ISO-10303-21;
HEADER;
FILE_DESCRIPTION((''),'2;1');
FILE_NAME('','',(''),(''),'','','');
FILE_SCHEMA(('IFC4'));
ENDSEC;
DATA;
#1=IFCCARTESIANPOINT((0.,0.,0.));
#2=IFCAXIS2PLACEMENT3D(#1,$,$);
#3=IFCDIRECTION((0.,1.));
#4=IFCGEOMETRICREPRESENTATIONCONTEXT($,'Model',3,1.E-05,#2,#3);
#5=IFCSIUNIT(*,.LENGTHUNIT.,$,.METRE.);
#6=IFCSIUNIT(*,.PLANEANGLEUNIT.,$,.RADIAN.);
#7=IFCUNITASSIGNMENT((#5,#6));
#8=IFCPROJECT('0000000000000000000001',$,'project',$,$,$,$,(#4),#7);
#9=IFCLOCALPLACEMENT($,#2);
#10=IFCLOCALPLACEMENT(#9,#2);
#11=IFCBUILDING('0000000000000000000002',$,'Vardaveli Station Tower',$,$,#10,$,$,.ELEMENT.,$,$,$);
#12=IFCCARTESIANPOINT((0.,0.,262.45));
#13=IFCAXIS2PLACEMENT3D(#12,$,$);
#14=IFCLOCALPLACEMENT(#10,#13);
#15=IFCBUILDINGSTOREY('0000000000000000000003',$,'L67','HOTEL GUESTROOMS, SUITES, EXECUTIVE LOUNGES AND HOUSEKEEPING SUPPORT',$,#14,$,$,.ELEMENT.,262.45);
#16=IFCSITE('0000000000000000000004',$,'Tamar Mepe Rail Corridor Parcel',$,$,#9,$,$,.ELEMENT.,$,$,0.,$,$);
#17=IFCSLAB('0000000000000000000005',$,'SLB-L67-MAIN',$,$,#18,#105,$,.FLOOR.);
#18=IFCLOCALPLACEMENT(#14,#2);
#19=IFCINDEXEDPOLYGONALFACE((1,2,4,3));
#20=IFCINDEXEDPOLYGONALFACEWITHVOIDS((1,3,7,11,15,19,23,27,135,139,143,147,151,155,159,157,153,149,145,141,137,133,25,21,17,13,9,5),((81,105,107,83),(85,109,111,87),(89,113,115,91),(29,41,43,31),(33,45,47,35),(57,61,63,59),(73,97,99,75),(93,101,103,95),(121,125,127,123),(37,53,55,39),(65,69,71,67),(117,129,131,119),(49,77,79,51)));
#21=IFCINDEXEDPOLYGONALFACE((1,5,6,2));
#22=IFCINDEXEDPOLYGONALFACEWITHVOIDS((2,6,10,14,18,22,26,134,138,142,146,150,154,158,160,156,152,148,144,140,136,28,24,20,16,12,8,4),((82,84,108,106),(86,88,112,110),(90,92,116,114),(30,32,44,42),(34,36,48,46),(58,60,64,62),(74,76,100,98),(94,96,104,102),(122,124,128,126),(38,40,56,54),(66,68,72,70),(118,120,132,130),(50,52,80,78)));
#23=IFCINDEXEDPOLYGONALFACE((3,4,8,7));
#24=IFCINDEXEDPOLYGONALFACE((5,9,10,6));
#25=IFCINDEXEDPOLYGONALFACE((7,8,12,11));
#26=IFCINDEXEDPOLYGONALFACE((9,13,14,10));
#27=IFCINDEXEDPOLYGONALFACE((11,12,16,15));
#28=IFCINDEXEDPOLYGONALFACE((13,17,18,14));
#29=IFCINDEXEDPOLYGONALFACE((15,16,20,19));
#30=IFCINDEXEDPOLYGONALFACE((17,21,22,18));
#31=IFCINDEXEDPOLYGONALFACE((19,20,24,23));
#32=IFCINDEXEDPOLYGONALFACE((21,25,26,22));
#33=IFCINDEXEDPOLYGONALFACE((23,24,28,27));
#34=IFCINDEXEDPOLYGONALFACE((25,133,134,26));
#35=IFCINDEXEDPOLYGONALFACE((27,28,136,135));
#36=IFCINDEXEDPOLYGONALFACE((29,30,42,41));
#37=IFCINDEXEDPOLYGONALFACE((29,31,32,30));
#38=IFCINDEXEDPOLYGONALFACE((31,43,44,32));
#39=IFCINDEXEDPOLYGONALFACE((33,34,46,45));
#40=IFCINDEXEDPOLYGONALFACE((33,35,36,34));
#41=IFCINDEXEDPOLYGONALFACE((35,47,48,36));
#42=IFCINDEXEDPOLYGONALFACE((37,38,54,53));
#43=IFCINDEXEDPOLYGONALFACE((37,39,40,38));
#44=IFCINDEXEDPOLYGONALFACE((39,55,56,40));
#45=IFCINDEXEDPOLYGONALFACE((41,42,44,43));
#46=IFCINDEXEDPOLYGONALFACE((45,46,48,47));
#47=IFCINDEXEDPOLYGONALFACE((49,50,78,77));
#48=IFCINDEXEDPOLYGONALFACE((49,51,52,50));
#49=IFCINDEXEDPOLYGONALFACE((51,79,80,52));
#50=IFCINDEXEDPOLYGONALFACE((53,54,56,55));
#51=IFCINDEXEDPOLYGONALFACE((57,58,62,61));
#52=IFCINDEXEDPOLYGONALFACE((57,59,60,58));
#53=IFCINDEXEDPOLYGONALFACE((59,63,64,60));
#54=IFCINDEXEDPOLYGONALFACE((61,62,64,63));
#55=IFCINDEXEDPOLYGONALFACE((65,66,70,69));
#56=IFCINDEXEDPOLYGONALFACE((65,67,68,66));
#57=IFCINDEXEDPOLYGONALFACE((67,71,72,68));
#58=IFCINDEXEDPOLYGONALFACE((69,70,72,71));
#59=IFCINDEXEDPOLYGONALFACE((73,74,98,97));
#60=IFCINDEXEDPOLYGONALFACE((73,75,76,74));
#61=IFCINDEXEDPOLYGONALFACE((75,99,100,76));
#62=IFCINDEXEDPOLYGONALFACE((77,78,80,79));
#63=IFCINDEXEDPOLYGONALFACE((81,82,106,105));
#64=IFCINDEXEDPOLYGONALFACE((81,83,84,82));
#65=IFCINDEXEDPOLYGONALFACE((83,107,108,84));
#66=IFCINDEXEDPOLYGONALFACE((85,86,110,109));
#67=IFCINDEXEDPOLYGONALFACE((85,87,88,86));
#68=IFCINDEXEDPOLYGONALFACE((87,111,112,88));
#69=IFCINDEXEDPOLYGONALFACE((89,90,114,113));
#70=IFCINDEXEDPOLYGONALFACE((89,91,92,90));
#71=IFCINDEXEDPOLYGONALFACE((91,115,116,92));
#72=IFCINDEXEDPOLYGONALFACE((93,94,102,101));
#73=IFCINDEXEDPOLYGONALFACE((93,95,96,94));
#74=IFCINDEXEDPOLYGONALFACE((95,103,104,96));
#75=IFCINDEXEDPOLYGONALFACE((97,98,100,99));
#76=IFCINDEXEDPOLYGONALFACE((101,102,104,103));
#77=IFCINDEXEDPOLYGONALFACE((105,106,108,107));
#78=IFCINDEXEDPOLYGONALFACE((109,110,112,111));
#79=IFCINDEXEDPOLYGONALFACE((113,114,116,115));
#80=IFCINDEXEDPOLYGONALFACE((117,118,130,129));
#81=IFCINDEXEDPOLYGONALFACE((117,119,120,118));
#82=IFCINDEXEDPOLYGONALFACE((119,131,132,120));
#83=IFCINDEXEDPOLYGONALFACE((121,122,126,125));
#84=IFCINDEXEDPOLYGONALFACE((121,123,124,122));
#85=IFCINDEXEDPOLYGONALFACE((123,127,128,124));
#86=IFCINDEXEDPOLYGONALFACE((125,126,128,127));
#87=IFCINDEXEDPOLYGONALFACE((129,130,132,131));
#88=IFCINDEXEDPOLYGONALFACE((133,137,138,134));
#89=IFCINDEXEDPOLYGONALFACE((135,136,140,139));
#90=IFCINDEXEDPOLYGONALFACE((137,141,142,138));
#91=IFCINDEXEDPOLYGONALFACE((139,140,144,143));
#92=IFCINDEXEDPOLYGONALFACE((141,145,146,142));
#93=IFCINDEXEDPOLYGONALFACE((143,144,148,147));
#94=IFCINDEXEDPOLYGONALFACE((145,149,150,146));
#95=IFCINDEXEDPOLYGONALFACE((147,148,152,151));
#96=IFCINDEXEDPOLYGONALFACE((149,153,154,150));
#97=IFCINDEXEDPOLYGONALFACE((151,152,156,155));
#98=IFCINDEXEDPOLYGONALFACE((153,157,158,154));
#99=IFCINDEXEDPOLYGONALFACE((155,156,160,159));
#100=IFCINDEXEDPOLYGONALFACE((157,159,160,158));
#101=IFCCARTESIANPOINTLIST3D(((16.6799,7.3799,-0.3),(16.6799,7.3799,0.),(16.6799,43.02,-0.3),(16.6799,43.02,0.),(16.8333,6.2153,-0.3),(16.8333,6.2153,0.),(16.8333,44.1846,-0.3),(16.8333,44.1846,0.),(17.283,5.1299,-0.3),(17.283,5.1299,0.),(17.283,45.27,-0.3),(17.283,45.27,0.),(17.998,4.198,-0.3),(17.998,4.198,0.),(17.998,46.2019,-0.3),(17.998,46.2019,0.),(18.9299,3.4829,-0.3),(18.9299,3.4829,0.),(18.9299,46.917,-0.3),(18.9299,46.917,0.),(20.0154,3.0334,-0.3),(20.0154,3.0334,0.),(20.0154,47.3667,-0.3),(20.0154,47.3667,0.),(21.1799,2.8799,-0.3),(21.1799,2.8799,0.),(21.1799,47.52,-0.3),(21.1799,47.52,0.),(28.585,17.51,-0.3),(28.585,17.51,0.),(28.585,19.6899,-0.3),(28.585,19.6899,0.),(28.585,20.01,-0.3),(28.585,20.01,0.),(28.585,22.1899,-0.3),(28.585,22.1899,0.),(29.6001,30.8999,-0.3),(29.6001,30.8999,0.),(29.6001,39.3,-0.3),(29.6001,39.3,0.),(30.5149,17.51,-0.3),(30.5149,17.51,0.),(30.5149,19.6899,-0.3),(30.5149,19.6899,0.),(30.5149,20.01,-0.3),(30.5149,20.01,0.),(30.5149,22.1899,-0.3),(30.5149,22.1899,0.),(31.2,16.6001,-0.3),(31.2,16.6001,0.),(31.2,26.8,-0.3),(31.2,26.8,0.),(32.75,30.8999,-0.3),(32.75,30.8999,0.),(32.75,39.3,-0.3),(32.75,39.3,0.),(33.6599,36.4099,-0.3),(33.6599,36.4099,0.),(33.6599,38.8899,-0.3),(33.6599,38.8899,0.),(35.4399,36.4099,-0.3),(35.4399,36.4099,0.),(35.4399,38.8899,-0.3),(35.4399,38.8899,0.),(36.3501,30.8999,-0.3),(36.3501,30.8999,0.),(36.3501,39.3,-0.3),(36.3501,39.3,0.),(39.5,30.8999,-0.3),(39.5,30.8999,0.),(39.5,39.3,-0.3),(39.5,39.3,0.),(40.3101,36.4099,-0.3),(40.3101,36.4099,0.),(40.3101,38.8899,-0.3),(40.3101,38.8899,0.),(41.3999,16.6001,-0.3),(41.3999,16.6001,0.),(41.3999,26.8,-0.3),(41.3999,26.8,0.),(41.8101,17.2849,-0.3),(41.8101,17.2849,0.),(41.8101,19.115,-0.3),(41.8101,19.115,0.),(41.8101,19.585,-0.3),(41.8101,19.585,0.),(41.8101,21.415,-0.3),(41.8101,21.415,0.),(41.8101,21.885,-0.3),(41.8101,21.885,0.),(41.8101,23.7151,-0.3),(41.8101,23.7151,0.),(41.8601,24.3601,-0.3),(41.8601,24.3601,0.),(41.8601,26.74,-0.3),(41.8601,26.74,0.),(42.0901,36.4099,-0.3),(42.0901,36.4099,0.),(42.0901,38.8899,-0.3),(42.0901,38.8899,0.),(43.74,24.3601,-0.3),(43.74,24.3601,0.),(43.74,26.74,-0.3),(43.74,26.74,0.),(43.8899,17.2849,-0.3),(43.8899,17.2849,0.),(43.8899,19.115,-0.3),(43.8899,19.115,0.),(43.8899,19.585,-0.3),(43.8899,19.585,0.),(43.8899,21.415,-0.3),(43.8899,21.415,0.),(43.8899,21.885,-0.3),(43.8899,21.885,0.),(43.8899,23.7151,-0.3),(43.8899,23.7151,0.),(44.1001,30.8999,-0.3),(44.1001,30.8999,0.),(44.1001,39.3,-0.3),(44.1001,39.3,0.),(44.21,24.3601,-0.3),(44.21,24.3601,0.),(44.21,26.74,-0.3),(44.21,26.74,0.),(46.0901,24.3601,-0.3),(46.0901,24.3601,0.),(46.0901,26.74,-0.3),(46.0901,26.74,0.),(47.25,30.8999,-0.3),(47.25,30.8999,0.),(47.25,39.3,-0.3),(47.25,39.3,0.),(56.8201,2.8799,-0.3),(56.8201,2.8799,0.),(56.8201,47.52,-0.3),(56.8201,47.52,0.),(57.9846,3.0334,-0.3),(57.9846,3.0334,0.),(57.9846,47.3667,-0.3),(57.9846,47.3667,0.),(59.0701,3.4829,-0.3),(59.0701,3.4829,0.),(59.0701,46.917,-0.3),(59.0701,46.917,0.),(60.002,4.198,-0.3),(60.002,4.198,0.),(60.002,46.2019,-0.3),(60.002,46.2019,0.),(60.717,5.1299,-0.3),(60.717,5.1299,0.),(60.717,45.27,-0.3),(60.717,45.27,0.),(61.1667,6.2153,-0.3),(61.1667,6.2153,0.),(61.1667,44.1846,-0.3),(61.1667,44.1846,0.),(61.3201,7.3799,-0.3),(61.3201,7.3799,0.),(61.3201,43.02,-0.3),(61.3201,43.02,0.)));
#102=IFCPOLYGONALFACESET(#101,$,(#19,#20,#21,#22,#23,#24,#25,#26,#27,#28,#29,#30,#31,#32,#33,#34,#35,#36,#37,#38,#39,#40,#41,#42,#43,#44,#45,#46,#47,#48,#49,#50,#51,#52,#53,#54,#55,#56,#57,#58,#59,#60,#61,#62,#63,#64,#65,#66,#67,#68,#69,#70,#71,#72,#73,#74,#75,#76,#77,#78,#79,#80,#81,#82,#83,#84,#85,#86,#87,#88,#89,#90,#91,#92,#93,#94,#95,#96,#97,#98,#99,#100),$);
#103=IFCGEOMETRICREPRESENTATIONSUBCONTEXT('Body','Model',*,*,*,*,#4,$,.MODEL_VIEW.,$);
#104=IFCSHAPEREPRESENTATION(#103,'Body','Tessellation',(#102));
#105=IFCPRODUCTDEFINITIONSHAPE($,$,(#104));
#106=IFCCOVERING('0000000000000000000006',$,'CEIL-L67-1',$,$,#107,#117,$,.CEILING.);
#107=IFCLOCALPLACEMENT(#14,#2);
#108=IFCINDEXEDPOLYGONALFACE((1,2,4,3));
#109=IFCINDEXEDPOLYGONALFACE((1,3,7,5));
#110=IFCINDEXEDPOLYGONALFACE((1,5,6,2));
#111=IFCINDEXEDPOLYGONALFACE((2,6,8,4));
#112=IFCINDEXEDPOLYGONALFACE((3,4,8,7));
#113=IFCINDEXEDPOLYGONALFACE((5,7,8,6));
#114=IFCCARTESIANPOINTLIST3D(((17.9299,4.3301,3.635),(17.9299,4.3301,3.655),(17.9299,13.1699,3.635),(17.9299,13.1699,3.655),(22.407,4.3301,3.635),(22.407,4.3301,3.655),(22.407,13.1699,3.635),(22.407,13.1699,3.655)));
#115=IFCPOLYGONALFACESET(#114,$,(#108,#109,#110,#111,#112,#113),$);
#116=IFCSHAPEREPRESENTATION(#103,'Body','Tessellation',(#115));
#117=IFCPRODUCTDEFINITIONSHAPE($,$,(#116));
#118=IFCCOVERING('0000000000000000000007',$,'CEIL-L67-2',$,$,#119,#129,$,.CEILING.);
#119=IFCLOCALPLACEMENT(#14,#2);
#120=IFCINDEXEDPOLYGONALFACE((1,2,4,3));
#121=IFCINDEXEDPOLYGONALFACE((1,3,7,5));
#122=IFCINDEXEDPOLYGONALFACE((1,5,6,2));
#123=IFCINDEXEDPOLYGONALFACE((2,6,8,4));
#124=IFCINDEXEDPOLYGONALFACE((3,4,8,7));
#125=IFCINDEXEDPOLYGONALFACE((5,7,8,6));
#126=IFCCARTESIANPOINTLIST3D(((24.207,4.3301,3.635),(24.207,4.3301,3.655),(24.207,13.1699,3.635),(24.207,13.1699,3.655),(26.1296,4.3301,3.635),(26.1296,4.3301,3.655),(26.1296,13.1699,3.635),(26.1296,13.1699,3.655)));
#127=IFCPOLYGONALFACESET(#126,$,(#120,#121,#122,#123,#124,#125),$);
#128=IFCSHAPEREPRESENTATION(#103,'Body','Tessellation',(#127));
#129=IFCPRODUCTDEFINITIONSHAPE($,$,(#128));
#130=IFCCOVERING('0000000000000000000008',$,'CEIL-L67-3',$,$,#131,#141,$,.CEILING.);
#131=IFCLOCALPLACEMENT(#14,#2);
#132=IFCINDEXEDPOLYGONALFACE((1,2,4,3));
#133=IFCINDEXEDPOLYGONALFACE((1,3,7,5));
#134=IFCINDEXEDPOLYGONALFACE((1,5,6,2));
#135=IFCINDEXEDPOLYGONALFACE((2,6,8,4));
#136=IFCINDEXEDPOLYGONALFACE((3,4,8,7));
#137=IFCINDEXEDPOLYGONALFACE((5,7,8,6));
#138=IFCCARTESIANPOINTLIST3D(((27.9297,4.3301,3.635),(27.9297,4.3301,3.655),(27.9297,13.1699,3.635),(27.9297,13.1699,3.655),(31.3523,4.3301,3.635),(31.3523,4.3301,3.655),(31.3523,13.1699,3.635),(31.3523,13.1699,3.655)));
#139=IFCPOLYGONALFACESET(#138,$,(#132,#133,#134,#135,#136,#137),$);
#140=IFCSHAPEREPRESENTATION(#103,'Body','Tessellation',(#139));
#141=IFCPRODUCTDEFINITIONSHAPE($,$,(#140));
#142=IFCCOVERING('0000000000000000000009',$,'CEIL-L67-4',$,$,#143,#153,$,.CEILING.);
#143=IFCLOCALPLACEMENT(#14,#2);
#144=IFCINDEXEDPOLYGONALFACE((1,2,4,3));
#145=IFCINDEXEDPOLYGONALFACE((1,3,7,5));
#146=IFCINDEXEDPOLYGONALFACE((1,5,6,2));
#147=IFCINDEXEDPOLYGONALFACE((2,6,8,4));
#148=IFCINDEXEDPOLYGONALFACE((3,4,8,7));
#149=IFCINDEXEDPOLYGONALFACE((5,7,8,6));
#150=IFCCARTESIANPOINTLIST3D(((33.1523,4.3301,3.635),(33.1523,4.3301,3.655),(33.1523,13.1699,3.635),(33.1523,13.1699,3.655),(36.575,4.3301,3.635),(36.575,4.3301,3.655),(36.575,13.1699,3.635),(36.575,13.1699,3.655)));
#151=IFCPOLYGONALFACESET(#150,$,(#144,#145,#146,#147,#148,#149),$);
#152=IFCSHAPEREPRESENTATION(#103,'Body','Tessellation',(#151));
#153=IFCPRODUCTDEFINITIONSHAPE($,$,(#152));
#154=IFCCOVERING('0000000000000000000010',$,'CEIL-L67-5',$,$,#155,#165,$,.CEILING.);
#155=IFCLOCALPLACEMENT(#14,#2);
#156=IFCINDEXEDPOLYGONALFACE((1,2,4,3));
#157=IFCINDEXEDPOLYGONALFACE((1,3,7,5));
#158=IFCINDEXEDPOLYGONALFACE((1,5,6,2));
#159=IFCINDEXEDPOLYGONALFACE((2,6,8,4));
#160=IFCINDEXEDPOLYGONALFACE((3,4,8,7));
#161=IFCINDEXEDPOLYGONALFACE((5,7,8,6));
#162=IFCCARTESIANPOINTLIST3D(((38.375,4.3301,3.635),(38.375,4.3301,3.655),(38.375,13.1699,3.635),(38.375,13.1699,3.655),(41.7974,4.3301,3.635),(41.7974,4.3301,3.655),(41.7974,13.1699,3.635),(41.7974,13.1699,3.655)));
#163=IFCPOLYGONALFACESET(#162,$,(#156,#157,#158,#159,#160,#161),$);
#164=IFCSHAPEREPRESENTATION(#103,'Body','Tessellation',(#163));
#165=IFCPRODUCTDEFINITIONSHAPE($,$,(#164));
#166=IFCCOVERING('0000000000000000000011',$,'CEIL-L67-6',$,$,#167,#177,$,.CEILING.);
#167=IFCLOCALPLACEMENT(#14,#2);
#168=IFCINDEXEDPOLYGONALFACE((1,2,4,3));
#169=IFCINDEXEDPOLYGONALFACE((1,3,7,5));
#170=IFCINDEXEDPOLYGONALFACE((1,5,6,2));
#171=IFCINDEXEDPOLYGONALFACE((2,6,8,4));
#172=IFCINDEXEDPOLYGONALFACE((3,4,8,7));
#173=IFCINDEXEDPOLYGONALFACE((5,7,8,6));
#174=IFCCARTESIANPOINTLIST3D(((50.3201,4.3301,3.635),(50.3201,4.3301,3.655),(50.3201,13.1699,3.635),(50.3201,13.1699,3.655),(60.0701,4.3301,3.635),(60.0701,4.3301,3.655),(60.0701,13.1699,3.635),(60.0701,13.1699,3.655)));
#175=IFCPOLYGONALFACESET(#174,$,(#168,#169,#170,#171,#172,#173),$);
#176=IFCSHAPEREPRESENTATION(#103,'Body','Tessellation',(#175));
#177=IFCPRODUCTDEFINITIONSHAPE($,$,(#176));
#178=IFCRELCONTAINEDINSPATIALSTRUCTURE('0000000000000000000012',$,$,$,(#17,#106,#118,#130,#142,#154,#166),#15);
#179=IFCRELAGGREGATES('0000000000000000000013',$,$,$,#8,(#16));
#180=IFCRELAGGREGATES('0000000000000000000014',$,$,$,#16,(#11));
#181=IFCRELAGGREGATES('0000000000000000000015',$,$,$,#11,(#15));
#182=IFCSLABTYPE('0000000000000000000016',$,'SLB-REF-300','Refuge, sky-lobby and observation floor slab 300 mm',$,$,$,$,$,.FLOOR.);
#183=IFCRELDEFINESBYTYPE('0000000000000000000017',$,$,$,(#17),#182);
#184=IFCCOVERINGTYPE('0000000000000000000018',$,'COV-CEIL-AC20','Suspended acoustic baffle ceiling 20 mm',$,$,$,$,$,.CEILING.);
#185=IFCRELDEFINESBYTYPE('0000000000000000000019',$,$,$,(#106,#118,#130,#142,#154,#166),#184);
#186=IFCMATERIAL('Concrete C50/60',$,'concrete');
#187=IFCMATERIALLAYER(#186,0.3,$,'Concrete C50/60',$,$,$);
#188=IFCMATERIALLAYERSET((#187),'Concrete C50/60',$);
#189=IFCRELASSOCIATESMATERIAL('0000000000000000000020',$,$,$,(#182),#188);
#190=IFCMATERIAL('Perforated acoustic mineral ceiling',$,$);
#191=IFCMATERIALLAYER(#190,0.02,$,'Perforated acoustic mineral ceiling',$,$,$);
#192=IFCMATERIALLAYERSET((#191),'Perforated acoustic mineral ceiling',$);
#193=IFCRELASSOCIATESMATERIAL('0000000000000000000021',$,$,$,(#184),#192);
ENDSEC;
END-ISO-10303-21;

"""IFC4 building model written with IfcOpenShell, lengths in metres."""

from ifc_helpers import new_model, si_unit, direction, frame, origin, place, context, subcontext, project, spatial, polyline, outline, extrude, material, layer, layer_set, type_object, element, save


model = new_model("IFC4")

# Units and contexts
model_context = context("Model", 3, precision=1e-05, world=origin(), true_north=direction((0.0, 1.0)))
body_context = subcontext(model_context, "Body", "Model", "MODEL_VIEW")
ifc_project = project(units=[si_unit("LENGTHUNIT", "METRE"), si_unit("PLANEANGLEUNIT", "RADIAN")], contexts=[model_context])

# Site, building, storey
site_placement = place(None, origin())
site = spatial("IfcSite", under=ifc_project, at=site_placement, Name="Tamar Mepe Rail Corridor Parcel", CompositionType="ELEMENT", RefElevation=0.0)
building_placement = place(site_placement, origin())
building = spatial("IfcBuilding", under=site, at=building_placement, Name="Vardaveli Station Tower", CompositionType="ELEMENT")
storey_placement = place(building_placement, frame((0.0, 0.0, 262.45)))
storey = spatial("IfcBuildingStorey", under=building, at=storey_placement, Name="L67", Description="HOTEL GUESTROOMS, SUITES, EXECUTIVE LOUNGES AND HOUSEKEEPING SUPPORT", CompositionType="ELEMENT", Elevation=262.45)

# Slab
ifc_material_1 = material(Name="Concrete C50/60", Category="concrete")
ifc_layer_1 = layer(ifc_material_1, 0.3, Name="Concrete C50/60")
ifc_layer_set_1 = layer_set([ifc_layer_1], Name="Concrete C50/60")
slab_type_1 = type_object("IfcSlabType", Name="SLB-REF-300", Description="Refuge, sky-lobby and observation floor slab 300 mm", PredefinedType="FLOOR", material=ifc_layer_set_1)
slab_1_placement = place(storey_placement, frame((0.0, 0.0, -0.3)))
element("IfcSlab", 1, at=slab_1_placement, inside=storey, type_object=slab_type_1, Name="SLB-L67-MAIN", PredefinedType="FLOOR", context=body_context, shape_type="SweptSolid", body=[
    extrude(outline(polyline([(16.6799, 7.3799), (16.8333, 6.2153), (17.283, 5.1299), (17.998, 4.198), (18.9299, 3.4829), (20.0154, 3.0334), (21.1799, 2.8799), (56.8201, 2.8799), (57.9846, 3.0334), (59.0701, 3.4829), (60.002, 4.198), (60.717, 5.1299), (61.1667, 6.2153), (61.3201, 7.3799), (61.3201, 43.02), (61.1667, 44.1846), (60.717, 45.27), (60.002, 46.2019), (59.0701, 46.917), (57.9846, 47.3667), (56.8201, 47.52), (21.1799, 47.52), (20.0154, 47.3667), (18.9299, 46.917), (17.998, 46.2019), (17.283, 45.27), (16.8333, 44.1846), (16.6799, 43.02), (16.6799, 7.3799)]), holes=[polyline([(31.2, 16.6001), (41.3999, 16.6001), (41.3999, 26.8), (31.2, 26.8), (31.2, 16.6001)]), polyline([(32.75, 30.8999), (32.75, 39.3), (29.6001, 39.3), (29.6001, 30.8999), (32.75, 30.8999)]), polyline([(39.5, 30.8999), (39.5, 39.3), (36.3501, 39.3), (36.3501, 30.8999), (39.5, 30.8999)]), polyline([(47.25, 30.8999), (47.25, 39.3), (44.1001, 39.3), (44.1001, 30.8999), (47.25, 30.8999)]), polyline([(33.6599, 36.4099), (35.4399, 36.4099), (35.4399, 38.8899), (33.6599, 38.8899), (33.6599, 36.4099)]), polyline([(40.3101, 36.4099), (42.0901, 36.4099), (42.0901, 38.8899), (40.3101, 38.8899), (40.3101, 36.4099)]), polyline([(41.8101, 21.885), (43.8899, 21.885), (43.8899, 23.7151), (41.8101, 23.7151), (41.8101, 21.885)]), polyline([(41.8101, 19.585), (43.8899, 19.585), (43.8899, 21.415), (41.8101, 21.415), (41.8101, 19.585)]), polyline([(41.8101, 17.2849), (43.8899, 17.2849), (43.8899, 19.115), (41.8101, 19.115), (41.8101, 17.2849)]), polyline([(28.585, 17.51), (30.5149, 17.51), (30.5149, 19.6899), (28.585, 19.6899), (28.585, 17.51)]), polyline([(28.585, 20.01), (30.5149, 20.01), (30.5149, 22.1899), (28.585, 22.1899), (28.585, 20.01)]), polyline([(41.8601, 24.3601), (43.74, 24.3601), (43.74, 26.74), (41.8601, 26.74), (41.8601, 24.3601)]), polyline([(44.21, 24.3601), (46.0901, 24.3601), (46.0901, 26.74), (44.21, 26.74), (44.21, 24.3601)])]), origin(), (0.0, 0.0, 1.0), 0.3),
])

# Coverings
ifc_material_2 = material(Name="Perforated acoustic mineral ceiling")
ifc_layer_2 = layer(ifc_material_2, 0.02, Name="Perforated acoustic mineral ceiling")
ifc_layer_set_2 = layer_set([ifc_layer_2], Name="Perforated acoustic mineral ceiling")
covering_type_1 = type_object("IfcCoveringType", Name="COV-CEIL-AC20", Description="Suspended acoustic baffle ceiling 20 mm", PredefinedType="CEILING", material=ifc_layer_set_2)
covering_1_placement = place(storey_placement, frame((0.0, 0.0, 3.635)))
element("IfcCovering", 2, at=covering_1_placement, inside=storey, type_object=covering_type_1, Name="CEIL-L67-1", PredefinedType="CEILING", context=body_context, shape_type="SweptSolid", body=[
    extrude(outline(polyline([(17.9299, 4.3301), (22.407, 4.3301), (22.407, 13.1699), (17.9299, 13.1699), (17.9299, 4.3301)])), origin(), (0.0, 0.0, 1.0), 0.02),
])
covering_2_placement = place(storey_placement, frame((0.0, 0.0, 3.635)))
element("IfcCovering", 3, at=covering_2_placement, inside=storey, type_object=covering_type_1, Name="CEIL-L67-2", PredefinedType="CEILING", context=body_context, shape_type="SweptSolid", body=[
    extrude(outline(polyline([(24.207, 4.3301), (26.1296, 4.3301), (26.1296, 13.1699), (24.207, 13.1699), (24.207, 4.3301)])), origin(), (0.0, 0.0, 1.0), 0.02),
])
covering_3_placement = place(storey_placement, frame((0.0, 0.0, 3.635)))
element("IfcCovering", 4, at=covering_3_placement, inside=storey, type_object=covering_type_1, Name="CEIL-L67-3", PredefinedType="CEILING", context=body_context, shape_type="SweptSolid", body=[
    extrude(outline(polyline([(27.9297, 4.3301), (31.3523, 4.3301), (31.3523, 13.1699), (27.9297, 13.1699), (27.9297, 4.3301)])), origin(), (0.0, 0.0, 1.0), 0.02),
])
covering_4_placement = place(storey_placement, frame((0.0, 0.0, 3.635)))
element("IfcCovering", 5, at=covering_4_placement, inside=storey, type_object=covering_type_1, Name="CEIL-L67-4", PredefinedType="CEILING", context=body_context, shape_type="SweptSolid", body=[
    extrude(outline(polyline([(33.1523, 4.3301), (36.575, 4.3301), (36.575, 13.1699), (33.1523, 13.1699), (33.1523, 4.3301)])), origin(), (0.0, 0.0, 1.0), 0.02),
])
covering_5_placement = place(storey_placement, frame((0.0, 0.0, 3.635)))
element("IfcCovering", 6, at=covering_5_placement, inside=storey, type_object=covering_type_1, Name="CEIL-L67-5", PredefinedType="CEILING", context=body_context, shape_type="SweptSolid", body=[
    extrude(outline(polyline([(38.375, 4.3301), (41.7974, 4.3301), (41.7974, 13.1699), (38.375, 13.1699), (38.375, 4.3301)])), origin(), (0.0, 0.0, 1.0), 0.02),
])
covering_6_placement = place(storey_placement, frame((0.0, 0.0, 3.635)))
element("IfcCovering", 7, at=covering_6_placement, inside=storey, type_object=covering_type_1, Name="CEIL-L67-6", PredefinedType="CEILING", context=body_context, shape_type="SweptSolid", body=[
    extrude(outline(polyline([(50.3201, 4.3301), (60.0701, 4.3301), (60.0701, 13.1699), (50.3201, 13.1699), (50.3201, 4.3301)])), origin(), (0.0, 0.0, 1.0), 0.02),
])

save(model, "model.ifc")
